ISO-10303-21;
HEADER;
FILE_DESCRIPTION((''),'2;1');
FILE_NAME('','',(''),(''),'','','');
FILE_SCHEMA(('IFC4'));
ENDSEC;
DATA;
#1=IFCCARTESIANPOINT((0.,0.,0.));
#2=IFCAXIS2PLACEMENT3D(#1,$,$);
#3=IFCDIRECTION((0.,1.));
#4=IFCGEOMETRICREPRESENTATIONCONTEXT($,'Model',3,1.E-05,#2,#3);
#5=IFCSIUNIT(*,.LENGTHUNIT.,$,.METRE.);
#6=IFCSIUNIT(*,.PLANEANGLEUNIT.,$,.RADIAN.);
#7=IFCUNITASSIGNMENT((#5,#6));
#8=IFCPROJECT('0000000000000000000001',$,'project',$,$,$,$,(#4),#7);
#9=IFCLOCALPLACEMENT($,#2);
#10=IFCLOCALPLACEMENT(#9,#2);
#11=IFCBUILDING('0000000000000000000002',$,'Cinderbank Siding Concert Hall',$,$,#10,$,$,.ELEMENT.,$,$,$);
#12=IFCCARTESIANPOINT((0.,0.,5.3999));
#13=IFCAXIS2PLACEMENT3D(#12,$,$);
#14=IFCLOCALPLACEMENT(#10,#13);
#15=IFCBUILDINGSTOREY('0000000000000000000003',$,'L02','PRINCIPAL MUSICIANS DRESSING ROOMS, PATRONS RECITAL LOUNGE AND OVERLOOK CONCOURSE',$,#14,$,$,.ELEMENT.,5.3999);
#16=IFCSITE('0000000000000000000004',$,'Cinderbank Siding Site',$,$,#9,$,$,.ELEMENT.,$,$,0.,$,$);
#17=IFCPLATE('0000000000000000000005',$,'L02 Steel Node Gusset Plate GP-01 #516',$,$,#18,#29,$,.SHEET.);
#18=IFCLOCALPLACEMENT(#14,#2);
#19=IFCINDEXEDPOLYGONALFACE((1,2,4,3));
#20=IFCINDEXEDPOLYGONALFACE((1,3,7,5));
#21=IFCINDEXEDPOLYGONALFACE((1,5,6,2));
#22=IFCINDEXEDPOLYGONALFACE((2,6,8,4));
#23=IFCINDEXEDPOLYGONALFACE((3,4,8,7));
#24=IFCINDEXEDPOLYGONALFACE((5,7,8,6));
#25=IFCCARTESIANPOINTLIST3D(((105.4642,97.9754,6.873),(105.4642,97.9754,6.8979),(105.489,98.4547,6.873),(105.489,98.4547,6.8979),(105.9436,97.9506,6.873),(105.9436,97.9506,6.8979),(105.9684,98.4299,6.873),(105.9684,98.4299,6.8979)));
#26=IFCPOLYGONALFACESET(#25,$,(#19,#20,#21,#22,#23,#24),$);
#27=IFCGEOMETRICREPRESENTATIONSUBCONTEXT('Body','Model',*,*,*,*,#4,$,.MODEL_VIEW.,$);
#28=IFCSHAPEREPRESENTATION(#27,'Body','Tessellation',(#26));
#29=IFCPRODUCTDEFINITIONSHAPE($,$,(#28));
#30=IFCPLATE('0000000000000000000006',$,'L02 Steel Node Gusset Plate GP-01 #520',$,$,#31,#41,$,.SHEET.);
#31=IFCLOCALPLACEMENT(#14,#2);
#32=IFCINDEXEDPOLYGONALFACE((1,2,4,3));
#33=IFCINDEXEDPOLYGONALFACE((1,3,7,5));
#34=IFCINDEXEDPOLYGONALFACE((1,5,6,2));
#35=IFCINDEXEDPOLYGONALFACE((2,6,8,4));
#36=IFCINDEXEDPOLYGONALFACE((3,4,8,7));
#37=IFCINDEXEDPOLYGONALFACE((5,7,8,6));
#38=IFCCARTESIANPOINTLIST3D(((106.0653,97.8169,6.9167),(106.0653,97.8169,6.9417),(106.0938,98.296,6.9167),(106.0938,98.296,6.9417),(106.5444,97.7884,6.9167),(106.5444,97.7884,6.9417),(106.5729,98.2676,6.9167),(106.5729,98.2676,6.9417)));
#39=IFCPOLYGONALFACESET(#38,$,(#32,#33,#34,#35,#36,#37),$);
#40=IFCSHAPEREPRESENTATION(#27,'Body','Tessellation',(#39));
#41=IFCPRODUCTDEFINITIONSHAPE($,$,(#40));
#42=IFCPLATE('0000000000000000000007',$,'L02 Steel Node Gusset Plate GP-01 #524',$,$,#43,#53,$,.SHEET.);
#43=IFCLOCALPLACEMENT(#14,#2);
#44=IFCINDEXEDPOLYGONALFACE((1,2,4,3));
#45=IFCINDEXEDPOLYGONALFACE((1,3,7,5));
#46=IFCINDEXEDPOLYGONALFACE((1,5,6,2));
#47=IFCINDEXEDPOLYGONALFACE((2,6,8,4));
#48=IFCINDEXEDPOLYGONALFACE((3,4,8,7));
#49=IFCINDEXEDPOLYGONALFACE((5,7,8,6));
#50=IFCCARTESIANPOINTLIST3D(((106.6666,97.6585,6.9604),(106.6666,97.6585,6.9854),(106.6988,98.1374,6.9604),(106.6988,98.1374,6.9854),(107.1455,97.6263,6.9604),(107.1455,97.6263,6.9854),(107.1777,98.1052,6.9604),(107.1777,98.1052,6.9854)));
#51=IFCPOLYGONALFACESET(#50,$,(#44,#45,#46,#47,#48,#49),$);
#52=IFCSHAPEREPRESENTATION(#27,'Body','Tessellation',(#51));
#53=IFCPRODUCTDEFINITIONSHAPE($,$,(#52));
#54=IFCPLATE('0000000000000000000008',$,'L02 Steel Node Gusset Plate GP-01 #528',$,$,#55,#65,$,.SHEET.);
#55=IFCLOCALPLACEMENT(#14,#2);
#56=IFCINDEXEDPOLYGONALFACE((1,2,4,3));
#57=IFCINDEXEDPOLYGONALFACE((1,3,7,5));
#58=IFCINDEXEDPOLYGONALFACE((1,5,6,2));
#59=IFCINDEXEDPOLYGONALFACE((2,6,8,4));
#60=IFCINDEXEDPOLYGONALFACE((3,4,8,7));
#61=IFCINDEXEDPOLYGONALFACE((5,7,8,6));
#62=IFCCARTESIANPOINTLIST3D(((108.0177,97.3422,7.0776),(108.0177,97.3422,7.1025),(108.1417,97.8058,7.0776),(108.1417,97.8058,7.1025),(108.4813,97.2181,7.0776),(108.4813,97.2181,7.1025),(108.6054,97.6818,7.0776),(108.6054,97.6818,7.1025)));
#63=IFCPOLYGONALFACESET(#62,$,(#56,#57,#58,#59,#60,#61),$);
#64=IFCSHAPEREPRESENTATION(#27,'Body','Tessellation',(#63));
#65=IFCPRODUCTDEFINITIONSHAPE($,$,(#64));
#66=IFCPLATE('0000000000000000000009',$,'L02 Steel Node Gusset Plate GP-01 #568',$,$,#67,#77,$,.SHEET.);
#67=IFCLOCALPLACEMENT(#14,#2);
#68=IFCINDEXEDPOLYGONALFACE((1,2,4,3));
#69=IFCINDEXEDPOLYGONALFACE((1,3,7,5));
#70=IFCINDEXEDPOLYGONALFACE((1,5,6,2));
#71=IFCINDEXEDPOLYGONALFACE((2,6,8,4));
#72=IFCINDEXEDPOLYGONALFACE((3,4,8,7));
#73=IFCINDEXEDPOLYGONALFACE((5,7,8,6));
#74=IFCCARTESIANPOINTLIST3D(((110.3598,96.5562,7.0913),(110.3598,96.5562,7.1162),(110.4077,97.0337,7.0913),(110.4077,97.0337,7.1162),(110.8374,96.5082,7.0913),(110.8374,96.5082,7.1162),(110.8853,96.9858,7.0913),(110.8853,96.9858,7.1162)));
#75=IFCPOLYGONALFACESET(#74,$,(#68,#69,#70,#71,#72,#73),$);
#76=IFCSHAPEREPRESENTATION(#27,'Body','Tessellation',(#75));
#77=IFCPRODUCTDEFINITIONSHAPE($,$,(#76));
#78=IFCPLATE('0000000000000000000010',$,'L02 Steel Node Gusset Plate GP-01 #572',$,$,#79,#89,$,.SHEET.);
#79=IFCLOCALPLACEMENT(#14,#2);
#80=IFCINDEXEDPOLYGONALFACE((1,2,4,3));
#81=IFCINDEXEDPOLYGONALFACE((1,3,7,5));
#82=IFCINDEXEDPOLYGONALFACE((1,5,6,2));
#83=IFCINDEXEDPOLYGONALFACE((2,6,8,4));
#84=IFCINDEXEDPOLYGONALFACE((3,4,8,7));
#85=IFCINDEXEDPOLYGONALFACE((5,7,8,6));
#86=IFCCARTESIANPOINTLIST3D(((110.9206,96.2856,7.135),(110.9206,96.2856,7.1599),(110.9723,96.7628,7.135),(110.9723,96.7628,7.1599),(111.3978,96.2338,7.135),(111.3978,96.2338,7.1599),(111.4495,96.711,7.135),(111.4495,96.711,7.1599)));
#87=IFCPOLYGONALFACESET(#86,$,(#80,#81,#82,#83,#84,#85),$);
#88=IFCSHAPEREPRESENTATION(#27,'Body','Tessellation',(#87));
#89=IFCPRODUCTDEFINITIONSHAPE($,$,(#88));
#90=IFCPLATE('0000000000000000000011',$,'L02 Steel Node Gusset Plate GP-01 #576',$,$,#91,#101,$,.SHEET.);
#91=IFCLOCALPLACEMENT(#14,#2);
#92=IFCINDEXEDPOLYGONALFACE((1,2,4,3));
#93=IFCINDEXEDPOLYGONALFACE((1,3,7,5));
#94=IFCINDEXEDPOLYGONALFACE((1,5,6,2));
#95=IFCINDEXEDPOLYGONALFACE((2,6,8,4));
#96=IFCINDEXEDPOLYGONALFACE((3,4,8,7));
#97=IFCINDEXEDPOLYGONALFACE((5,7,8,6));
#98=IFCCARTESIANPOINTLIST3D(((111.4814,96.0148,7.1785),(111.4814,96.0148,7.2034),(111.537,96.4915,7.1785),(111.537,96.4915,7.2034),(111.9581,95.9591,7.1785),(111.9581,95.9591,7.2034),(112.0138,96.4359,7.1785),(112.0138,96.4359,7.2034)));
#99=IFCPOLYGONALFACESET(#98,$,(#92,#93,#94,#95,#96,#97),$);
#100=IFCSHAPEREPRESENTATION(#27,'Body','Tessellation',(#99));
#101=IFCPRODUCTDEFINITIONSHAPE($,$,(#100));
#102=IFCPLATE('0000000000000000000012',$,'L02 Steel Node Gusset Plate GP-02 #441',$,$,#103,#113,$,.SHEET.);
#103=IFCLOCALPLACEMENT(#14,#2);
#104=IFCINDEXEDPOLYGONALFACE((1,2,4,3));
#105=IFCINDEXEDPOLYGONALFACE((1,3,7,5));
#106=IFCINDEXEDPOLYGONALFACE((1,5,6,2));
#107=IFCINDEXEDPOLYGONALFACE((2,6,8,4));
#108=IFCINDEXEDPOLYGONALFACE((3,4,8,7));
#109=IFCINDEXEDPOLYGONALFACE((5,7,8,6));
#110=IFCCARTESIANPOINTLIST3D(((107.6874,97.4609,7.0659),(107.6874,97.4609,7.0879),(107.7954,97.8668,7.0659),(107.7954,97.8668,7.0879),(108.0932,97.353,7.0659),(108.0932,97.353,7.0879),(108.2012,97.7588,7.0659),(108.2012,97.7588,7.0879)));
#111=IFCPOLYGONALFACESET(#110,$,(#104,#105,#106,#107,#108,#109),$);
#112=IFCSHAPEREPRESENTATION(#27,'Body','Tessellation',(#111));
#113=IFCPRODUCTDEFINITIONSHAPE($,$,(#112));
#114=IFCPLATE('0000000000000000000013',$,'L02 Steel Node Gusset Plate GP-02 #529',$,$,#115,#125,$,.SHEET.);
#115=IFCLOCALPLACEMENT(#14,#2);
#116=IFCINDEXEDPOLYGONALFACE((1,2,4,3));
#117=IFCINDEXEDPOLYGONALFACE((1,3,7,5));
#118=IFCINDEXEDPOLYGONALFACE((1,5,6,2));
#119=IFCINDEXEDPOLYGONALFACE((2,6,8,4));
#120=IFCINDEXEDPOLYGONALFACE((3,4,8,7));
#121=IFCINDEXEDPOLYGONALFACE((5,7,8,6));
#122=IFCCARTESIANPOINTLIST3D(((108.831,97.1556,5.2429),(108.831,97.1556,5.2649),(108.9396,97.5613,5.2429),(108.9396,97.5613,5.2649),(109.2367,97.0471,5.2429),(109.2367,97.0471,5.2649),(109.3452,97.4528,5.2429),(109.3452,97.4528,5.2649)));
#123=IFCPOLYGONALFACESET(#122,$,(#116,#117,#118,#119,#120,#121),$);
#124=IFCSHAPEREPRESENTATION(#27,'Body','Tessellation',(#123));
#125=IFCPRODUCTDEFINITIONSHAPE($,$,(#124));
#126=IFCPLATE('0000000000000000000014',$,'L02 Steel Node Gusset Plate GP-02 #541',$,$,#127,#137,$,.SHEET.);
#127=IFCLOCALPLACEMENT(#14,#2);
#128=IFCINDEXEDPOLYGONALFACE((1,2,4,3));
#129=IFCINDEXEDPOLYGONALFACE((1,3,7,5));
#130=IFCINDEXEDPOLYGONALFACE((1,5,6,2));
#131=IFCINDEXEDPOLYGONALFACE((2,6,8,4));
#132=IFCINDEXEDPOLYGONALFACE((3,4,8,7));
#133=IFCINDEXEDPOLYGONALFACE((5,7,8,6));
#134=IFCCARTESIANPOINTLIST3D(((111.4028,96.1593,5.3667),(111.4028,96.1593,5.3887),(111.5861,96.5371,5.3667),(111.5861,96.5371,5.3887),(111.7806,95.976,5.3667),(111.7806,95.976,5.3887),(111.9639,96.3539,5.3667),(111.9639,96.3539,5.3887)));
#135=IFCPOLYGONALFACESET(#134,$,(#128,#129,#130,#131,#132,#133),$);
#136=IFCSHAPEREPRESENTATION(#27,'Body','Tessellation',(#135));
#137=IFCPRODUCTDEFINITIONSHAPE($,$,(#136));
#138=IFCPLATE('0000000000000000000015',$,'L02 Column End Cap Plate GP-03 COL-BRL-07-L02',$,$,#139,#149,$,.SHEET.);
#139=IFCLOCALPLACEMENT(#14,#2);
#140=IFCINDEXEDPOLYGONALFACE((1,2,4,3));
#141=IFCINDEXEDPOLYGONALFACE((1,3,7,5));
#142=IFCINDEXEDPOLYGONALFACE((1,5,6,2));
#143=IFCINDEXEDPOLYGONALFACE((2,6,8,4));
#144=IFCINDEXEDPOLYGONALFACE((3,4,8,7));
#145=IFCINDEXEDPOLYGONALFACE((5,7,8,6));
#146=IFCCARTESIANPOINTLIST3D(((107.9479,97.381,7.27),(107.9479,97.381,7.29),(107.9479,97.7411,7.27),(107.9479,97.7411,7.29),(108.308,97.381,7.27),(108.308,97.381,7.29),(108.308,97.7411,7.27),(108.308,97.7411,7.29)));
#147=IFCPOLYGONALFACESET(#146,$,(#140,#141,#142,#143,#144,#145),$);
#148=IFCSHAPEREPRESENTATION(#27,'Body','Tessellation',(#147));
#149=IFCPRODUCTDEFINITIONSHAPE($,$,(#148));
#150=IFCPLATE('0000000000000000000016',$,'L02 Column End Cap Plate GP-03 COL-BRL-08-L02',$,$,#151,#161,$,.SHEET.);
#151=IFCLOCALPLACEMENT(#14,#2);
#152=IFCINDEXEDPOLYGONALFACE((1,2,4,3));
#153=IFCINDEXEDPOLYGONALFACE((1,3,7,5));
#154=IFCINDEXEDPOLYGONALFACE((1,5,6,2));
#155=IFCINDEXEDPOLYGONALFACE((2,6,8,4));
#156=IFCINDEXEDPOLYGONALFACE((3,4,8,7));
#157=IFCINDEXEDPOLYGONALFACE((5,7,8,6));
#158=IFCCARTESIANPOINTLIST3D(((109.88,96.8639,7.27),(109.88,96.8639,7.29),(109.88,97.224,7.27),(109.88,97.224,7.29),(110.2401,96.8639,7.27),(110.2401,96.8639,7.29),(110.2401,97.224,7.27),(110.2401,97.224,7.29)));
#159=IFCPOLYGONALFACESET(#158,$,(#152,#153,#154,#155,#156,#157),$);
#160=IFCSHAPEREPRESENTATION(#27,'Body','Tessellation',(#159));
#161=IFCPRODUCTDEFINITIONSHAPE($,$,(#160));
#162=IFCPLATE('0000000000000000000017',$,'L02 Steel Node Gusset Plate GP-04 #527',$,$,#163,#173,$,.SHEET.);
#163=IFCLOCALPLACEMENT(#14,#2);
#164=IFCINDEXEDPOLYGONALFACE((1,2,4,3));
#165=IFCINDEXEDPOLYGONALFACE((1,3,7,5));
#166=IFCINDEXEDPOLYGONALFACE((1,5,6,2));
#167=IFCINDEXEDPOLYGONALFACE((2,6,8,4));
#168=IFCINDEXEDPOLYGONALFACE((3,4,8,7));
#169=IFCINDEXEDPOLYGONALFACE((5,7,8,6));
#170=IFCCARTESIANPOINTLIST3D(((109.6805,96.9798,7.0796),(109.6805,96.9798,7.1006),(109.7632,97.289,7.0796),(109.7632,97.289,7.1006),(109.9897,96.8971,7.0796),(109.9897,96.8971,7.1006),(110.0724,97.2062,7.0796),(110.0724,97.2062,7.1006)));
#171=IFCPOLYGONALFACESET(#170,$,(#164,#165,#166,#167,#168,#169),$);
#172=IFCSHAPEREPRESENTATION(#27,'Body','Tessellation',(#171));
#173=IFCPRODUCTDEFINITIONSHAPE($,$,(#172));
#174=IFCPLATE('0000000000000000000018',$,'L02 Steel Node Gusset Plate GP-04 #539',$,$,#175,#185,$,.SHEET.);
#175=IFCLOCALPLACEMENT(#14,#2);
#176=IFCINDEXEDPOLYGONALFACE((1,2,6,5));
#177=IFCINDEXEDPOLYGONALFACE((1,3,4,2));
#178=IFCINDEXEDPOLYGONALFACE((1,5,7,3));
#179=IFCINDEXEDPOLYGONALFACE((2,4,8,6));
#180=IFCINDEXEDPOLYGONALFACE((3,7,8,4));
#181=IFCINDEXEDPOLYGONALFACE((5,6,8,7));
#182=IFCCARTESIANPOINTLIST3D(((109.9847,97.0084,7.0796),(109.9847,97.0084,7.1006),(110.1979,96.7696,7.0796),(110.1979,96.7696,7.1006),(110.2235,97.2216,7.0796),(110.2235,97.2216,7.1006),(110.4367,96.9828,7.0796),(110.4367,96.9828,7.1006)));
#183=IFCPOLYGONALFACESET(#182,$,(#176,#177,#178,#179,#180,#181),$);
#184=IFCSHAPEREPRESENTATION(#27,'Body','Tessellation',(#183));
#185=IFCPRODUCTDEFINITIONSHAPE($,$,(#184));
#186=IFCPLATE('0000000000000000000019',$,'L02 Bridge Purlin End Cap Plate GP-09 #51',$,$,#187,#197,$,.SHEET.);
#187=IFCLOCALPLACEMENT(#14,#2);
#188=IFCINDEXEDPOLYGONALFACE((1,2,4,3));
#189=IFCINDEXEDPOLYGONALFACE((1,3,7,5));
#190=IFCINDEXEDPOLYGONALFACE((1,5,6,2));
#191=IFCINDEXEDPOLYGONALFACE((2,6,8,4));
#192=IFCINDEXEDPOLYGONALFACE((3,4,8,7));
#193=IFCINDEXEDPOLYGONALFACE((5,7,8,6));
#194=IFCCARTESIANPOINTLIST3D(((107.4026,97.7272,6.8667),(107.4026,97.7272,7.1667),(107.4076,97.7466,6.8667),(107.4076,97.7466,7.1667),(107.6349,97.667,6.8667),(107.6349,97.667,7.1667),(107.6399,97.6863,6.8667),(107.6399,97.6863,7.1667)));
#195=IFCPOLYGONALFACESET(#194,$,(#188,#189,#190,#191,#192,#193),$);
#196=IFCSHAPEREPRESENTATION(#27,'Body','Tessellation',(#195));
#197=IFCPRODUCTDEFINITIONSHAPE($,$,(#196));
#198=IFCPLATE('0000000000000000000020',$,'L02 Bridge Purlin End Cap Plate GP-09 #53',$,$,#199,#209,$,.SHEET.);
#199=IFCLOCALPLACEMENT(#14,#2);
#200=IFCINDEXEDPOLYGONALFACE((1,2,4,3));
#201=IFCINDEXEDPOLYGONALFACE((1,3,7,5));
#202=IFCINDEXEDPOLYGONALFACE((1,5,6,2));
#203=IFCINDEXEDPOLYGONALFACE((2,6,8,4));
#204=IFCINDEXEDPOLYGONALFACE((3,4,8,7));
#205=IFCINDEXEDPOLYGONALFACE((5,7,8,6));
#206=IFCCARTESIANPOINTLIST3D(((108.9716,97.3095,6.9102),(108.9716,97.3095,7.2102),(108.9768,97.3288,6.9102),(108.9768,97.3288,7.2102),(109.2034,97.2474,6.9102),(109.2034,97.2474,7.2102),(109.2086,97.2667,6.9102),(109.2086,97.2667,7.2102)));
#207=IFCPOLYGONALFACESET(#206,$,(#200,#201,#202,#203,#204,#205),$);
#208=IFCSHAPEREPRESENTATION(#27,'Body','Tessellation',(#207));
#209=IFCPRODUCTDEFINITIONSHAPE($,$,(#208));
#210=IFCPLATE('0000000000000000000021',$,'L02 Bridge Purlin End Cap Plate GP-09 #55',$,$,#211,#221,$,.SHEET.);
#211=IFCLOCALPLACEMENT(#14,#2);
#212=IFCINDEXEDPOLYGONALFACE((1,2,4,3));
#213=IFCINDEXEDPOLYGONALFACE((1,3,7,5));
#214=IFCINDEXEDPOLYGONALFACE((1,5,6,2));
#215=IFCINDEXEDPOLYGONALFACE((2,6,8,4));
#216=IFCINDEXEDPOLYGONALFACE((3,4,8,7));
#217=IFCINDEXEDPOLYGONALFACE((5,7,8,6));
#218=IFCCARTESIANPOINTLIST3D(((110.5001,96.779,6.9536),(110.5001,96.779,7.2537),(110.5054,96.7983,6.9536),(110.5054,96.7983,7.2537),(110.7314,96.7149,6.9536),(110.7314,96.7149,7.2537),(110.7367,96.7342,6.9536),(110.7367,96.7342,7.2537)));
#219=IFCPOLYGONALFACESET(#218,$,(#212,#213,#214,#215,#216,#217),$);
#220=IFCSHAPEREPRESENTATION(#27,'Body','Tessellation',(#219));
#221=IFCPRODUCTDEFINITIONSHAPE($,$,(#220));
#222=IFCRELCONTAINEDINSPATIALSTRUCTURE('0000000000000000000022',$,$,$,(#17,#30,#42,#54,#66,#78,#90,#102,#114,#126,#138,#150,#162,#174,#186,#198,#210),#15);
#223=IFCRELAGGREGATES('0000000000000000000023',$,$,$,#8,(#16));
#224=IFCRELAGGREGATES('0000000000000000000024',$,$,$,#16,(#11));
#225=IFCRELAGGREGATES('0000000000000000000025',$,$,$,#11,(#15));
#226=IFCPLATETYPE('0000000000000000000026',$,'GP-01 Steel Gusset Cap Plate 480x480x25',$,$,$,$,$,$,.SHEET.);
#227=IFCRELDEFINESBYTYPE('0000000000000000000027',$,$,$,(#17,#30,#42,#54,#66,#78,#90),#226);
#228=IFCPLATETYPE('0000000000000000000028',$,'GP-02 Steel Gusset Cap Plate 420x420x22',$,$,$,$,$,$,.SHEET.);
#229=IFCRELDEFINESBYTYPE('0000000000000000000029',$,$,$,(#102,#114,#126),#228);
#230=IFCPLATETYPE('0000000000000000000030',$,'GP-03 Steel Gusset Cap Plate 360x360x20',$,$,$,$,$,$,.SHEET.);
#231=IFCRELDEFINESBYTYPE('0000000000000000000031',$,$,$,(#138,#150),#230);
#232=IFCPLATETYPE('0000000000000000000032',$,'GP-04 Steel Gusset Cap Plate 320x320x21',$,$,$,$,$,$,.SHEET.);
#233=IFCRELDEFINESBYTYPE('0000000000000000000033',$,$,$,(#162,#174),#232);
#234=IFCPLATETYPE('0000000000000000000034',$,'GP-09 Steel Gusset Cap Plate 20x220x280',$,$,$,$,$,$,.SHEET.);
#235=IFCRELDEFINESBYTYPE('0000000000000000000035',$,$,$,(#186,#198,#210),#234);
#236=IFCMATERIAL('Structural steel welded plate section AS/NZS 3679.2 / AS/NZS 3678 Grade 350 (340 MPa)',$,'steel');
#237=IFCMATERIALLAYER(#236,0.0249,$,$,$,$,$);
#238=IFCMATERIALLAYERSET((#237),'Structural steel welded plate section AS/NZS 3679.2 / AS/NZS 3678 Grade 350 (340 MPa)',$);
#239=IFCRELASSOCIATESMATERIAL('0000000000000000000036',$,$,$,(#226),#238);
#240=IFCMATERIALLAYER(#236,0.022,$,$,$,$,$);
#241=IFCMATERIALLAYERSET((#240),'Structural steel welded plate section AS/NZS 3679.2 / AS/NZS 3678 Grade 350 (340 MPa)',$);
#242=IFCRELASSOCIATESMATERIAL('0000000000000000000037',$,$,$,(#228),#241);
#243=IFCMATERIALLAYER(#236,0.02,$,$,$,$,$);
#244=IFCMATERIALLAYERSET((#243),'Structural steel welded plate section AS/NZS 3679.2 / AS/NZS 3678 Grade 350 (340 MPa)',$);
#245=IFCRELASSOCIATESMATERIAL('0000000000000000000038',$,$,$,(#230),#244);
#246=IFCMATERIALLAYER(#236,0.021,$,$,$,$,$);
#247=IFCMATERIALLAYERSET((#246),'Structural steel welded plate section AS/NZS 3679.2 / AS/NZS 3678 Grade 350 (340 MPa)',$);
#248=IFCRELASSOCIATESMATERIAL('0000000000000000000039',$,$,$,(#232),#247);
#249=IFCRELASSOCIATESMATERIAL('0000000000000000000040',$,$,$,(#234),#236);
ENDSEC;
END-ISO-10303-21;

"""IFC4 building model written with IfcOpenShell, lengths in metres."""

from ifc_helpers import new_model, si_unit, direction, frame, origin, origin_2d, place, context, subcontext, project, spatial, rectangle, extrude, material, layer, layer_set, type_object, element, save


model = new_model("IFC4")

# Units and contexts
model_context = context("Model", 3, precision=1e-05, world=origin(), true_north=direction((0.0, 1.0)))
body_context = subcontext(model_context, "Body", "Model", "MODEL_VIEW")
ifc_project = project(units=[si_unit("LENGTHUNIT", "METRE"), si_unit("PLANEANGLEUNIT", "RADIAN")], contexts=[model_context])

# Site, building, storey
site_placement = place(None, origin())
site = spatial("IfcSite", under=ifc_project, at=site_placement, Name="Cinderbank Siding Site", CompositionType="ELEMENT", RefElevation=0.0)
building_placement = place(site_placement, origin())
building = spatial("IfcBuilding", under=site, at=building_placement, Name="Cinderbank Siding Concert Hall", CompositionType="ELEMENT")
storey_placement = place(building_placement, frame((0.0, 0.0, 5.3999)))
storey = spatial("IfcBuildingStorey", under=building, at=storey_placement, Name="L02", Description="PRINCIPAL MUSICIANS DRESSING ROOMS, PATRONS RECITAL LOUNGE AND OVERLOOK CONCOURSE", CompositionType="ELEMENT", Elevation=5.3999)

# Plates
ifc_material_1 = material(Name="Structural steel welded plate section AS/NZS 3679.2 / AS/NZS 3678 Grade 350 (340 MPa)", Category="steel")
ifc_layer_1 = layer(ifc_material_1, 0.0249)
ifc_layer_set_1 = layer_set([ifc_layer_1], Name="Structural steel welded plate section AS/NZS 3679.2 / AS/NZS 3678 Grade 350 (340 MPa)")
plate_type_1 = type_object("IfcPlateType", Name="GP-01 Steel Gusset Cap Plate 480x480x25", PredefinedType="SHEET", material=ifc_layer_set_1)
for number, where, z_axis, x_axis, name in (
    (1, (105.7163, 98.2026, 6.873), (0.0, 0.0, 1.0), (-0.051639, -0.998666, 0.0), "L02 Steel Node Gusset Plate GP-01 #516"),
    (2, (106.3191, 98.0422, 6.9167), (0.0, 0.0, 1.0), (-0.059306, -0.99824, 0.0), "L02 Steel Node Gusset Plate GP-01 #520"),
    (3, (106.9221, 97.8818, 6.9604), (0.0, 0.0, 1.0), (-0.067145, -0.997743, 0.0), "L02 Steel Node Gusset Plate GP-01 #524"),
    (4, (108.3115, 97.512, 7.0776), (0.0, 0.0, 1.0), (0.966016, -0.258482, 0.0), "L02 Steel Node Gusset Plate GP-01 #528"),
    (5, (110.6226, 96.771, 7.0913), (0.0, 0.0, 1.0), (-0.099841, -0.995003, 0.0), "L02 Steel Node Gusset Plate GP-01 #568"),
    (6, (111.1851, 96.4983, 7.135), (0.0, 0.0, 1.0), (-0.107826, -0.99417, 0.0), "L02 Steel Node Gusset Plate GP-01 #572"),
    (7, (111.7476, 96.2253, 7.1785), (0.0, 0.0, 1.0), (-0.115977, -0.993252, 0.0), "L02 Steel Node Gusset Plate GP-01 #576"),
):
    element("IfcPlate", number, at=place(storey_placement, frame(where, z_axis=z_axis, x_axis=x_axis)), inside=storey, type_object=plate_type_1, Name=name, PredefinedType="SHEET", context=body_context, shape_type="SweptSolid", body=[
        extrude(rectangle(XDim=0.48, YDim=0.48, at=origin_2d()), origin(), (0.0, 0.0, 1.0), 0.0249),
    ])
ifc_layer_2 = layer(ifc_material_1, 0.022)
ifc_layer_set_2 = layer_set([ifc_layer_2], Name="Structural steel welded plate section AS/NZS 3679.2 / AS/NZS 3678 Grade 350 (340 MPa)")
plate_type_2 = type_object("IfcPlateType", Name="GP-02 Steel Gusset Cap Plate 420x420x22", PredefinedType="SHEET", material=ifc_layer_set_2)
for number, where, z_axis, x_axis, name in (
    (8, (107.9443, 97.6099, 7.0659), (0.0, 0.0, 1.0), (0.966376, -0.257133, 0.0), "L02 Steel Node Gusset Plate GP-02 #441"),
    (9, (109.0881, 97.3042, 5.2429), (0.0, 0.0, 1.0), (0.966016, -0.258482, 0.0), "L02 Steel Node Gusset Plate GP-02 #529"),
    (10, (111.6833, 96.2566, 5.3667), (0.0, 0.0, 1.0), (0.89971, -0.436488, 0.0), "L02 Steel Node Gusset Plate GP-02 #541"),
):
    element("IfcPlate", number, at=place(storey_placement, frame(where, z_axis=z_axis, x_axis=x_axis)), inside=storey, type_object=plate_type_2, Name=name, PredefinedType="SHEET", context=body_context, shape_type="SweptSolid", body=[
        extrude(rectangle(XDim=0.4199, YDim=0.4199, at=origin_2d()), origin(), (0.0, 0.0, 1.0), 0.022),
    ])
ifc_layer_3 = layer(ifc_material_1, 0.02)
ifc_layer_set_3 = layer_set([ifc_layer_3], Name="Structural steel welded plate section AS/NZS 3679.2 / AS/NZS 3678 Grade 350 (340 MPa)")
plate_type_3 = type_object("IfcPlateType", Name="GP-03 Steel Gusset Cap Plate 360x360x20", PredefinedType="SHEET", material=ifc_layer_set_3)
for number, where, z_axis, x_axis, name in (
    (11, (108.1279, 97.561, 7.27), (0.0, 0.0, 1.0), (1.0, 0.0, 0.0), "L02 Column End Cap Plate GP-03 COL-BRL-07-L02"),
    (12, (110.0601, 97.0439, 7.27), (0.0, 0.0, 1.0), (1.0, 0.0, 0.0), "L02 Column End Cap Plate GP-03 COL-BRL-08-L02"),
):
    element("IfcPlate", number, at=place(storey_placement, frame(where, z_axis=z_axis, x_axis=x_axis)), inside=storey, type_object=plate_type_3, Name=name, PredefinedType="SHEET", context=body_context, shape_type="SweptSolid", body=[
        extrude(rectangle(XDim=0.3601, YDim=0.3601, at=origin_2d()), origin(), (0.0, 0.0, 1.0), 0.02),
    ])
ifc_layer_4 = layer(ifc_material_1, 0.021)
ifc_layer_set_4 = layer_set([ifc_layer_4], Name="Structural steel welded plate section AS/NZS 3679.2 / AS/NZS 3678 Grade 350 (340 MPa)")
plate_type_4 = type_object("IfcPlateType", Name="GP-04 Steel Gusset Cap Plate 320x320x21", PredefinedType="SHEET", material=ifc_layer_set_4)
for number, where, z_axis, x_axis, name in (
    (13, (109.8765, 97.093, 7.0796), (0.0, 0.0, 1.0), (0.966016, -0.258482, 0.0), "L02 Steel Node Gusset Plate GP-04 #527"),
    (14, (110.2107, 96.9956, 7.0796), (0.0, 0.0, 1.0), (0.745941, 0.666012, 0.0), "L02 Steel Node Gusset Plate GP-04 #539"),
):
    element("IfcPlate", number, at=place(storey_placement, frame(where, z_axis=z_axis, x_axis=x_axis)), inside=storey, type_object=plate_type_4, Name=name, PredefinedType="SHEET", context=body_context, shape_type="SweptSolid", body=[
        extrude(rectangle(XDim=0.3201, YDim=0.3201, at=origin_2d()), origin(), (0.0, 0.0, 1.0), 0.021),
    ])
plate_type_5 = type_object("IfcPlateType", Name="GP-09 Steel Gusset Cap Plate 20x220x280", PredefinedType="SHEET", material=ifc_material_1)
for number, where, z_axis, x_axis, name in (
    (15, (107.5212, 97.7068, 6.8667), (0.0, 0.0, 1.0), (0.251225, 0.967929, 0.0), "L02 Bridge Purlin End Cap Plate GP-09 #51"),
    (16, (109.0901, 97.2881, 6.9102), (0.0, 0.0, 1.0), (0.258819, 0.965926, 0.0), "L02 Bridge Purlin End Cap Plate GP-09 #53"),
    (17, (110.6184, 96.7566, 6.9536), (0.0, 0.0, 1.0), (0.26707, 0.963677, 0.0), "L02 Bridge Purlin End Cap Plate GP-09 #55"),
):
    element("IfcPlate", number, at=place(storey_placement, frame(where, z_axis=z_axis, x_axis=x_axis)), inside=storey, type_object=plate_type_5, Name=name, PredefinedType="SHEET", context=body_context, shape_type="SweptSolid", body=[
        extrude(rectangle(XDim=0.02, YDim=0.24, at=origin_2d()), origin(), (0.0, 0.0, 1.0), 0.3),
    ])

save(model, "model.ifc")
